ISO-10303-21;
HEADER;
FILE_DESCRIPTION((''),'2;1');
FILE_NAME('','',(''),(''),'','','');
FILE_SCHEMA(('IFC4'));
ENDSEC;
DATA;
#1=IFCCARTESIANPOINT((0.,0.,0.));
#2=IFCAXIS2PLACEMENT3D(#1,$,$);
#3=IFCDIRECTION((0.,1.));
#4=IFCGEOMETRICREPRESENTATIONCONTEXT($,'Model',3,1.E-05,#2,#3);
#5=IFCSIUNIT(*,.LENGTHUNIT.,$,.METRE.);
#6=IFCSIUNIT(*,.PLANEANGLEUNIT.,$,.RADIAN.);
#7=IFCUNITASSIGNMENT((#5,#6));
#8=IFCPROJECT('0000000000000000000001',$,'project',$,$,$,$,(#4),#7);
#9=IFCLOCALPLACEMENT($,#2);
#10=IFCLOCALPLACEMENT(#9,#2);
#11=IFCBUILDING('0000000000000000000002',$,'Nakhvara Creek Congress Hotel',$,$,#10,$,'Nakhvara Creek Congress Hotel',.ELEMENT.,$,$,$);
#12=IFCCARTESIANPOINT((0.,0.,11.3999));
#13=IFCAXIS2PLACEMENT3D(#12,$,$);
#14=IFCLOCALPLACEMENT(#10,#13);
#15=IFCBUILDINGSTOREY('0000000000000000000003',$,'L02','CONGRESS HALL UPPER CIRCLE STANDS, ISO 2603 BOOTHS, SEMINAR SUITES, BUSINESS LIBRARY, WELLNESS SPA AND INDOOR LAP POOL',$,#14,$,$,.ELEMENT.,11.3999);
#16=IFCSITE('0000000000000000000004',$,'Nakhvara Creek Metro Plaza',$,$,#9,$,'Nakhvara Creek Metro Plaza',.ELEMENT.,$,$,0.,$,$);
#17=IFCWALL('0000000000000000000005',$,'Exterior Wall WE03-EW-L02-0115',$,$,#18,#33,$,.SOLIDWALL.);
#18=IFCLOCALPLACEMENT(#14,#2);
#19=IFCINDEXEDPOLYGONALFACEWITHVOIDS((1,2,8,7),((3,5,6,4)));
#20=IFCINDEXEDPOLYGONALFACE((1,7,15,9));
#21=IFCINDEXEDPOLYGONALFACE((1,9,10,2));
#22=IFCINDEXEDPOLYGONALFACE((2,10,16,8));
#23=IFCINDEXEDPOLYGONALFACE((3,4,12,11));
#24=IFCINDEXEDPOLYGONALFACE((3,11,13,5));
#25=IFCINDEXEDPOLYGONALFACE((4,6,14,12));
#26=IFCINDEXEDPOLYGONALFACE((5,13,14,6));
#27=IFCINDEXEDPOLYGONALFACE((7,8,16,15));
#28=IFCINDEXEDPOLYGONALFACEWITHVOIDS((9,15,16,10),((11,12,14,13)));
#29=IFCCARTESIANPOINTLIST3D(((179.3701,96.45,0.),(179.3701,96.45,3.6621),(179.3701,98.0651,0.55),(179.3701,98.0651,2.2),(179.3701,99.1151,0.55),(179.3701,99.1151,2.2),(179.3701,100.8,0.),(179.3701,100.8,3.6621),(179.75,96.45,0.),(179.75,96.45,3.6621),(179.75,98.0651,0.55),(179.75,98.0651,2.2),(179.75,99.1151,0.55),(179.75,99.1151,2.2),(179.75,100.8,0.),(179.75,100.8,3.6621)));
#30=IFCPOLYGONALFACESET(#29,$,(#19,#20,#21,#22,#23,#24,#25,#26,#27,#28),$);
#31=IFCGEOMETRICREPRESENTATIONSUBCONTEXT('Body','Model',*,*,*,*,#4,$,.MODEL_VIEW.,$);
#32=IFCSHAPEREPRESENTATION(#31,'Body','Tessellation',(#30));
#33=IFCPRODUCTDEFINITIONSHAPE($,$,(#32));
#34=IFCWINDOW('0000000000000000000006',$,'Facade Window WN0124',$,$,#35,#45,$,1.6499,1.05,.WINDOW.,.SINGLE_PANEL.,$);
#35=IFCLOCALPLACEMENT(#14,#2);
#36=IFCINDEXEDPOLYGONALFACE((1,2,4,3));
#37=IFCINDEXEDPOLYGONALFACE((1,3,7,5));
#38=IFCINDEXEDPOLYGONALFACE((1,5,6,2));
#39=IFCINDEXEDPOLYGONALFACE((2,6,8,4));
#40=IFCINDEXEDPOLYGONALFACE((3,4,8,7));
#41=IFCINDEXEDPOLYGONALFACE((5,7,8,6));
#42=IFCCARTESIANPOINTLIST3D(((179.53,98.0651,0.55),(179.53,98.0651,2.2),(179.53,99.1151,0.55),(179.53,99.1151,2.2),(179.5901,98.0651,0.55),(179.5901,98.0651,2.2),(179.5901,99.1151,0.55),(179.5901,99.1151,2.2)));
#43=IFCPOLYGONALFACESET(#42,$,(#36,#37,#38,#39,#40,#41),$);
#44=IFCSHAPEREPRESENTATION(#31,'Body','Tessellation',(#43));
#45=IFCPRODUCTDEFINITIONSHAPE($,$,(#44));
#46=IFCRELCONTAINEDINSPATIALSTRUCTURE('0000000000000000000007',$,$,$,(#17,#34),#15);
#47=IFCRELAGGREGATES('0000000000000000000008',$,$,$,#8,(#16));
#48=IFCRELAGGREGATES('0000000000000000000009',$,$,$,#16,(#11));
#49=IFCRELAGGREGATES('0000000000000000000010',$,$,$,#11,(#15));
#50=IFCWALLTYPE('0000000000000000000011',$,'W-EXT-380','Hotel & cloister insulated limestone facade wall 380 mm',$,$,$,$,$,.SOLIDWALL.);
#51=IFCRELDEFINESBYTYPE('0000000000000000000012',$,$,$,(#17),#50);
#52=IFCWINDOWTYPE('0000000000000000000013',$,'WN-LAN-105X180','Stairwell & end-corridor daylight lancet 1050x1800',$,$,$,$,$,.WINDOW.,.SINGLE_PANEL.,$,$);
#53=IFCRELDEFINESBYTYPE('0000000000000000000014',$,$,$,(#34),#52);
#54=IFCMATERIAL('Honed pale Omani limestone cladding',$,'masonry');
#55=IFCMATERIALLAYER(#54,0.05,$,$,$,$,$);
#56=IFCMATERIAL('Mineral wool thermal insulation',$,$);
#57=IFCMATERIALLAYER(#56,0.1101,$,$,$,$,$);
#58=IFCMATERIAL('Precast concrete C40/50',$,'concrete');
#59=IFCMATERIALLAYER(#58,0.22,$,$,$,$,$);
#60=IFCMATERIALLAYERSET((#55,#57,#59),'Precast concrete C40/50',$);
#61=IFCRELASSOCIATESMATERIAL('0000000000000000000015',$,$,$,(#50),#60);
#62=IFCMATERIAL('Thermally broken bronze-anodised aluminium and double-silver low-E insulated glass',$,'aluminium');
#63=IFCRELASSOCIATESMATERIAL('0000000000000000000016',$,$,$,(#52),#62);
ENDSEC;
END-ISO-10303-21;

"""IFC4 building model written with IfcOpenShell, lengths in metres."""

from ifc_helpers import new_model, si_unit, direction, frame, frame_2d, origin, place, context, subcontext, project, spatial, rectangle, extrude, material, layer, layer_set, type_object, element, fill, save


model = new_model("IFC4")

# Units and contexts
model_context = context("Model", 3, precision=1e-05, world=origin(), true_north=direction((0.0, 1.0)))
body_context = subcontext(model_context, "Body", "Model", "MODEL_VIEW")
ifc_project = project(units=[si_unit("LENGTHUNIT", "METRE"), si_unit("PLANEANGLEUNIT", "RADIAN")], contexts=[model_context])

# Site, building, storey
site_placement = place(None, origin())
site = spatial("IfcSite", under=ifc_project, at=site_placement, Name="Nakhvara Creek Metro Plaza", LongName="Nakhvara Creek Metro Plaza", CompositionType="ELEMENT", RefElevation=0.0)
building_placement = place(site_placement, origin())
building = spatial("IfcBuilding", under=site, at=building_placement, Name="Nakhvara Creek Congress Hotel", LongName="Nakhvara Creek Congress Hotel", CompositionType="ELEMENT")
storey_placement = place(building_placement, frame((0.0, 0.0, 11.3999)))
storey = spatial("IfcBuildingStorey", under=building, at=storey_placement, Name="L02", Description="CONGRESS HALL UPPER CIRCLE STANDS, ISO 2603 BOOTHS, SEMINAR SUITES, BUSINESS LIBRARY, WELLNESS SPA AND INDOOR LAP POOL", CompositionType="ELEMENT", Elevation=11.3999)

# Wall, opening, window
ifc_material_1 = material(Name="Honed pale Omani limestone cladding", Category="masonry")
ifc_layer_1 = layer(ifc_material_1, 0.05)
ifc_material_2 = material(Name="Mineral wool thermal insulation")
ifc_layer_2 = layer(ifc_material_2, 0.1101)
ifc_material_3 = material(Name="Precast concrete C40/50", Category="concrete")
ifc_layer_3 = layer(ifc_material_3, 0.22)
ifc_layer_set_1 = layer_set([ifc_layer_1, ifc_layer_2, ifc_layer_3], Name="Precast concrete C40/50")
wall_type_1 = type_object("IfcWallType", Name="W-EXT-380", Description="Hotel & cloister insulated limestone facade wall 380 mm", PredefinedType="SOLIDWALL", material=ifc_layer_set_1)
wall_1_placement = place(storey_placement, frame((179.5601, 100.8, 0.0), z_axis=(0.0, 0.0, 1.0), x_axis=(0.0, -1.0, 0.0)))
wall_1 = element("IfcWall", 1, at=wall_1_placement, inside=storey, type_object=wall_type_1, Name="Exterior Wall WE03-EW-L02-0115", PredefinedType="SOLIDWALL", context=body_context, shape_type="SweptSolid", body=[
    extrude(rectangle(XDim=4.3501, YDim=0.3799, at=frame_2d((2.175, 0.0))), origin(), (0.0, 0.0, 1.0), 3.6621),
])
opening_1_placement = place(wall_1_placement, frame((1.6851, 0.0, 0.55)))
opening_1 = element("IfcOpeningElement", 2, at=opening_1_placement, cuts=wall_1, PredefinedType="OPENING", context=body_context, shape_type="SweptSolid", body=[
    extrude(rectangle(XDim=1.05, YDim=1.6499, at=frame_2d((0.5249, 0.825))), frame((0.0, 0.2019, 0.0), z_axis=(0.0, -1.0, 0.0), x_axis=(1.0, 0.0, 0.0)), (0.0, 0.0, 1.0), 0.4038),
])
ifc_material_4 = material(Name="Thermally broken bronze-anodised aluminium and double-silver low-E insulated glass", Category="aluminium")
window_type = type_object("IfcWindowType", Name="WN-LAN-105X180", Description="Stairwell & end-corridor daylight lancet 1050x1800", PartitioningType="SINGLE_PANEL", PredefinedType="WINDOW", material=ifc_material_4)
window_placement = place(opening_1_placement, origin())
window = element("IfcWindow", 3, at=window_placement, inside=storey, type_object=window_type, Name="Facade Window WN0124", OverallHeight=1.6499, OverallWidth=1.05, PartitioningType="SINGLE_PANEL", PredefinedType="WINDOW", context=body_context, shape_type="SweptSolid", body=[
    extrude(rectangle(XDim=1.05, YDim=1.6499, at=frame_2d((0.5249, 0.825))), frame((0.0, 0.03, 0.0), z_axis=(0.0, -1.0, 0.0), x_axis=(1.0, 0.0, 0.0)), (0.0, 0.0, 1.0), 0.0601),
])
fill(opening_1, window)

save(model, "model.ifc")
